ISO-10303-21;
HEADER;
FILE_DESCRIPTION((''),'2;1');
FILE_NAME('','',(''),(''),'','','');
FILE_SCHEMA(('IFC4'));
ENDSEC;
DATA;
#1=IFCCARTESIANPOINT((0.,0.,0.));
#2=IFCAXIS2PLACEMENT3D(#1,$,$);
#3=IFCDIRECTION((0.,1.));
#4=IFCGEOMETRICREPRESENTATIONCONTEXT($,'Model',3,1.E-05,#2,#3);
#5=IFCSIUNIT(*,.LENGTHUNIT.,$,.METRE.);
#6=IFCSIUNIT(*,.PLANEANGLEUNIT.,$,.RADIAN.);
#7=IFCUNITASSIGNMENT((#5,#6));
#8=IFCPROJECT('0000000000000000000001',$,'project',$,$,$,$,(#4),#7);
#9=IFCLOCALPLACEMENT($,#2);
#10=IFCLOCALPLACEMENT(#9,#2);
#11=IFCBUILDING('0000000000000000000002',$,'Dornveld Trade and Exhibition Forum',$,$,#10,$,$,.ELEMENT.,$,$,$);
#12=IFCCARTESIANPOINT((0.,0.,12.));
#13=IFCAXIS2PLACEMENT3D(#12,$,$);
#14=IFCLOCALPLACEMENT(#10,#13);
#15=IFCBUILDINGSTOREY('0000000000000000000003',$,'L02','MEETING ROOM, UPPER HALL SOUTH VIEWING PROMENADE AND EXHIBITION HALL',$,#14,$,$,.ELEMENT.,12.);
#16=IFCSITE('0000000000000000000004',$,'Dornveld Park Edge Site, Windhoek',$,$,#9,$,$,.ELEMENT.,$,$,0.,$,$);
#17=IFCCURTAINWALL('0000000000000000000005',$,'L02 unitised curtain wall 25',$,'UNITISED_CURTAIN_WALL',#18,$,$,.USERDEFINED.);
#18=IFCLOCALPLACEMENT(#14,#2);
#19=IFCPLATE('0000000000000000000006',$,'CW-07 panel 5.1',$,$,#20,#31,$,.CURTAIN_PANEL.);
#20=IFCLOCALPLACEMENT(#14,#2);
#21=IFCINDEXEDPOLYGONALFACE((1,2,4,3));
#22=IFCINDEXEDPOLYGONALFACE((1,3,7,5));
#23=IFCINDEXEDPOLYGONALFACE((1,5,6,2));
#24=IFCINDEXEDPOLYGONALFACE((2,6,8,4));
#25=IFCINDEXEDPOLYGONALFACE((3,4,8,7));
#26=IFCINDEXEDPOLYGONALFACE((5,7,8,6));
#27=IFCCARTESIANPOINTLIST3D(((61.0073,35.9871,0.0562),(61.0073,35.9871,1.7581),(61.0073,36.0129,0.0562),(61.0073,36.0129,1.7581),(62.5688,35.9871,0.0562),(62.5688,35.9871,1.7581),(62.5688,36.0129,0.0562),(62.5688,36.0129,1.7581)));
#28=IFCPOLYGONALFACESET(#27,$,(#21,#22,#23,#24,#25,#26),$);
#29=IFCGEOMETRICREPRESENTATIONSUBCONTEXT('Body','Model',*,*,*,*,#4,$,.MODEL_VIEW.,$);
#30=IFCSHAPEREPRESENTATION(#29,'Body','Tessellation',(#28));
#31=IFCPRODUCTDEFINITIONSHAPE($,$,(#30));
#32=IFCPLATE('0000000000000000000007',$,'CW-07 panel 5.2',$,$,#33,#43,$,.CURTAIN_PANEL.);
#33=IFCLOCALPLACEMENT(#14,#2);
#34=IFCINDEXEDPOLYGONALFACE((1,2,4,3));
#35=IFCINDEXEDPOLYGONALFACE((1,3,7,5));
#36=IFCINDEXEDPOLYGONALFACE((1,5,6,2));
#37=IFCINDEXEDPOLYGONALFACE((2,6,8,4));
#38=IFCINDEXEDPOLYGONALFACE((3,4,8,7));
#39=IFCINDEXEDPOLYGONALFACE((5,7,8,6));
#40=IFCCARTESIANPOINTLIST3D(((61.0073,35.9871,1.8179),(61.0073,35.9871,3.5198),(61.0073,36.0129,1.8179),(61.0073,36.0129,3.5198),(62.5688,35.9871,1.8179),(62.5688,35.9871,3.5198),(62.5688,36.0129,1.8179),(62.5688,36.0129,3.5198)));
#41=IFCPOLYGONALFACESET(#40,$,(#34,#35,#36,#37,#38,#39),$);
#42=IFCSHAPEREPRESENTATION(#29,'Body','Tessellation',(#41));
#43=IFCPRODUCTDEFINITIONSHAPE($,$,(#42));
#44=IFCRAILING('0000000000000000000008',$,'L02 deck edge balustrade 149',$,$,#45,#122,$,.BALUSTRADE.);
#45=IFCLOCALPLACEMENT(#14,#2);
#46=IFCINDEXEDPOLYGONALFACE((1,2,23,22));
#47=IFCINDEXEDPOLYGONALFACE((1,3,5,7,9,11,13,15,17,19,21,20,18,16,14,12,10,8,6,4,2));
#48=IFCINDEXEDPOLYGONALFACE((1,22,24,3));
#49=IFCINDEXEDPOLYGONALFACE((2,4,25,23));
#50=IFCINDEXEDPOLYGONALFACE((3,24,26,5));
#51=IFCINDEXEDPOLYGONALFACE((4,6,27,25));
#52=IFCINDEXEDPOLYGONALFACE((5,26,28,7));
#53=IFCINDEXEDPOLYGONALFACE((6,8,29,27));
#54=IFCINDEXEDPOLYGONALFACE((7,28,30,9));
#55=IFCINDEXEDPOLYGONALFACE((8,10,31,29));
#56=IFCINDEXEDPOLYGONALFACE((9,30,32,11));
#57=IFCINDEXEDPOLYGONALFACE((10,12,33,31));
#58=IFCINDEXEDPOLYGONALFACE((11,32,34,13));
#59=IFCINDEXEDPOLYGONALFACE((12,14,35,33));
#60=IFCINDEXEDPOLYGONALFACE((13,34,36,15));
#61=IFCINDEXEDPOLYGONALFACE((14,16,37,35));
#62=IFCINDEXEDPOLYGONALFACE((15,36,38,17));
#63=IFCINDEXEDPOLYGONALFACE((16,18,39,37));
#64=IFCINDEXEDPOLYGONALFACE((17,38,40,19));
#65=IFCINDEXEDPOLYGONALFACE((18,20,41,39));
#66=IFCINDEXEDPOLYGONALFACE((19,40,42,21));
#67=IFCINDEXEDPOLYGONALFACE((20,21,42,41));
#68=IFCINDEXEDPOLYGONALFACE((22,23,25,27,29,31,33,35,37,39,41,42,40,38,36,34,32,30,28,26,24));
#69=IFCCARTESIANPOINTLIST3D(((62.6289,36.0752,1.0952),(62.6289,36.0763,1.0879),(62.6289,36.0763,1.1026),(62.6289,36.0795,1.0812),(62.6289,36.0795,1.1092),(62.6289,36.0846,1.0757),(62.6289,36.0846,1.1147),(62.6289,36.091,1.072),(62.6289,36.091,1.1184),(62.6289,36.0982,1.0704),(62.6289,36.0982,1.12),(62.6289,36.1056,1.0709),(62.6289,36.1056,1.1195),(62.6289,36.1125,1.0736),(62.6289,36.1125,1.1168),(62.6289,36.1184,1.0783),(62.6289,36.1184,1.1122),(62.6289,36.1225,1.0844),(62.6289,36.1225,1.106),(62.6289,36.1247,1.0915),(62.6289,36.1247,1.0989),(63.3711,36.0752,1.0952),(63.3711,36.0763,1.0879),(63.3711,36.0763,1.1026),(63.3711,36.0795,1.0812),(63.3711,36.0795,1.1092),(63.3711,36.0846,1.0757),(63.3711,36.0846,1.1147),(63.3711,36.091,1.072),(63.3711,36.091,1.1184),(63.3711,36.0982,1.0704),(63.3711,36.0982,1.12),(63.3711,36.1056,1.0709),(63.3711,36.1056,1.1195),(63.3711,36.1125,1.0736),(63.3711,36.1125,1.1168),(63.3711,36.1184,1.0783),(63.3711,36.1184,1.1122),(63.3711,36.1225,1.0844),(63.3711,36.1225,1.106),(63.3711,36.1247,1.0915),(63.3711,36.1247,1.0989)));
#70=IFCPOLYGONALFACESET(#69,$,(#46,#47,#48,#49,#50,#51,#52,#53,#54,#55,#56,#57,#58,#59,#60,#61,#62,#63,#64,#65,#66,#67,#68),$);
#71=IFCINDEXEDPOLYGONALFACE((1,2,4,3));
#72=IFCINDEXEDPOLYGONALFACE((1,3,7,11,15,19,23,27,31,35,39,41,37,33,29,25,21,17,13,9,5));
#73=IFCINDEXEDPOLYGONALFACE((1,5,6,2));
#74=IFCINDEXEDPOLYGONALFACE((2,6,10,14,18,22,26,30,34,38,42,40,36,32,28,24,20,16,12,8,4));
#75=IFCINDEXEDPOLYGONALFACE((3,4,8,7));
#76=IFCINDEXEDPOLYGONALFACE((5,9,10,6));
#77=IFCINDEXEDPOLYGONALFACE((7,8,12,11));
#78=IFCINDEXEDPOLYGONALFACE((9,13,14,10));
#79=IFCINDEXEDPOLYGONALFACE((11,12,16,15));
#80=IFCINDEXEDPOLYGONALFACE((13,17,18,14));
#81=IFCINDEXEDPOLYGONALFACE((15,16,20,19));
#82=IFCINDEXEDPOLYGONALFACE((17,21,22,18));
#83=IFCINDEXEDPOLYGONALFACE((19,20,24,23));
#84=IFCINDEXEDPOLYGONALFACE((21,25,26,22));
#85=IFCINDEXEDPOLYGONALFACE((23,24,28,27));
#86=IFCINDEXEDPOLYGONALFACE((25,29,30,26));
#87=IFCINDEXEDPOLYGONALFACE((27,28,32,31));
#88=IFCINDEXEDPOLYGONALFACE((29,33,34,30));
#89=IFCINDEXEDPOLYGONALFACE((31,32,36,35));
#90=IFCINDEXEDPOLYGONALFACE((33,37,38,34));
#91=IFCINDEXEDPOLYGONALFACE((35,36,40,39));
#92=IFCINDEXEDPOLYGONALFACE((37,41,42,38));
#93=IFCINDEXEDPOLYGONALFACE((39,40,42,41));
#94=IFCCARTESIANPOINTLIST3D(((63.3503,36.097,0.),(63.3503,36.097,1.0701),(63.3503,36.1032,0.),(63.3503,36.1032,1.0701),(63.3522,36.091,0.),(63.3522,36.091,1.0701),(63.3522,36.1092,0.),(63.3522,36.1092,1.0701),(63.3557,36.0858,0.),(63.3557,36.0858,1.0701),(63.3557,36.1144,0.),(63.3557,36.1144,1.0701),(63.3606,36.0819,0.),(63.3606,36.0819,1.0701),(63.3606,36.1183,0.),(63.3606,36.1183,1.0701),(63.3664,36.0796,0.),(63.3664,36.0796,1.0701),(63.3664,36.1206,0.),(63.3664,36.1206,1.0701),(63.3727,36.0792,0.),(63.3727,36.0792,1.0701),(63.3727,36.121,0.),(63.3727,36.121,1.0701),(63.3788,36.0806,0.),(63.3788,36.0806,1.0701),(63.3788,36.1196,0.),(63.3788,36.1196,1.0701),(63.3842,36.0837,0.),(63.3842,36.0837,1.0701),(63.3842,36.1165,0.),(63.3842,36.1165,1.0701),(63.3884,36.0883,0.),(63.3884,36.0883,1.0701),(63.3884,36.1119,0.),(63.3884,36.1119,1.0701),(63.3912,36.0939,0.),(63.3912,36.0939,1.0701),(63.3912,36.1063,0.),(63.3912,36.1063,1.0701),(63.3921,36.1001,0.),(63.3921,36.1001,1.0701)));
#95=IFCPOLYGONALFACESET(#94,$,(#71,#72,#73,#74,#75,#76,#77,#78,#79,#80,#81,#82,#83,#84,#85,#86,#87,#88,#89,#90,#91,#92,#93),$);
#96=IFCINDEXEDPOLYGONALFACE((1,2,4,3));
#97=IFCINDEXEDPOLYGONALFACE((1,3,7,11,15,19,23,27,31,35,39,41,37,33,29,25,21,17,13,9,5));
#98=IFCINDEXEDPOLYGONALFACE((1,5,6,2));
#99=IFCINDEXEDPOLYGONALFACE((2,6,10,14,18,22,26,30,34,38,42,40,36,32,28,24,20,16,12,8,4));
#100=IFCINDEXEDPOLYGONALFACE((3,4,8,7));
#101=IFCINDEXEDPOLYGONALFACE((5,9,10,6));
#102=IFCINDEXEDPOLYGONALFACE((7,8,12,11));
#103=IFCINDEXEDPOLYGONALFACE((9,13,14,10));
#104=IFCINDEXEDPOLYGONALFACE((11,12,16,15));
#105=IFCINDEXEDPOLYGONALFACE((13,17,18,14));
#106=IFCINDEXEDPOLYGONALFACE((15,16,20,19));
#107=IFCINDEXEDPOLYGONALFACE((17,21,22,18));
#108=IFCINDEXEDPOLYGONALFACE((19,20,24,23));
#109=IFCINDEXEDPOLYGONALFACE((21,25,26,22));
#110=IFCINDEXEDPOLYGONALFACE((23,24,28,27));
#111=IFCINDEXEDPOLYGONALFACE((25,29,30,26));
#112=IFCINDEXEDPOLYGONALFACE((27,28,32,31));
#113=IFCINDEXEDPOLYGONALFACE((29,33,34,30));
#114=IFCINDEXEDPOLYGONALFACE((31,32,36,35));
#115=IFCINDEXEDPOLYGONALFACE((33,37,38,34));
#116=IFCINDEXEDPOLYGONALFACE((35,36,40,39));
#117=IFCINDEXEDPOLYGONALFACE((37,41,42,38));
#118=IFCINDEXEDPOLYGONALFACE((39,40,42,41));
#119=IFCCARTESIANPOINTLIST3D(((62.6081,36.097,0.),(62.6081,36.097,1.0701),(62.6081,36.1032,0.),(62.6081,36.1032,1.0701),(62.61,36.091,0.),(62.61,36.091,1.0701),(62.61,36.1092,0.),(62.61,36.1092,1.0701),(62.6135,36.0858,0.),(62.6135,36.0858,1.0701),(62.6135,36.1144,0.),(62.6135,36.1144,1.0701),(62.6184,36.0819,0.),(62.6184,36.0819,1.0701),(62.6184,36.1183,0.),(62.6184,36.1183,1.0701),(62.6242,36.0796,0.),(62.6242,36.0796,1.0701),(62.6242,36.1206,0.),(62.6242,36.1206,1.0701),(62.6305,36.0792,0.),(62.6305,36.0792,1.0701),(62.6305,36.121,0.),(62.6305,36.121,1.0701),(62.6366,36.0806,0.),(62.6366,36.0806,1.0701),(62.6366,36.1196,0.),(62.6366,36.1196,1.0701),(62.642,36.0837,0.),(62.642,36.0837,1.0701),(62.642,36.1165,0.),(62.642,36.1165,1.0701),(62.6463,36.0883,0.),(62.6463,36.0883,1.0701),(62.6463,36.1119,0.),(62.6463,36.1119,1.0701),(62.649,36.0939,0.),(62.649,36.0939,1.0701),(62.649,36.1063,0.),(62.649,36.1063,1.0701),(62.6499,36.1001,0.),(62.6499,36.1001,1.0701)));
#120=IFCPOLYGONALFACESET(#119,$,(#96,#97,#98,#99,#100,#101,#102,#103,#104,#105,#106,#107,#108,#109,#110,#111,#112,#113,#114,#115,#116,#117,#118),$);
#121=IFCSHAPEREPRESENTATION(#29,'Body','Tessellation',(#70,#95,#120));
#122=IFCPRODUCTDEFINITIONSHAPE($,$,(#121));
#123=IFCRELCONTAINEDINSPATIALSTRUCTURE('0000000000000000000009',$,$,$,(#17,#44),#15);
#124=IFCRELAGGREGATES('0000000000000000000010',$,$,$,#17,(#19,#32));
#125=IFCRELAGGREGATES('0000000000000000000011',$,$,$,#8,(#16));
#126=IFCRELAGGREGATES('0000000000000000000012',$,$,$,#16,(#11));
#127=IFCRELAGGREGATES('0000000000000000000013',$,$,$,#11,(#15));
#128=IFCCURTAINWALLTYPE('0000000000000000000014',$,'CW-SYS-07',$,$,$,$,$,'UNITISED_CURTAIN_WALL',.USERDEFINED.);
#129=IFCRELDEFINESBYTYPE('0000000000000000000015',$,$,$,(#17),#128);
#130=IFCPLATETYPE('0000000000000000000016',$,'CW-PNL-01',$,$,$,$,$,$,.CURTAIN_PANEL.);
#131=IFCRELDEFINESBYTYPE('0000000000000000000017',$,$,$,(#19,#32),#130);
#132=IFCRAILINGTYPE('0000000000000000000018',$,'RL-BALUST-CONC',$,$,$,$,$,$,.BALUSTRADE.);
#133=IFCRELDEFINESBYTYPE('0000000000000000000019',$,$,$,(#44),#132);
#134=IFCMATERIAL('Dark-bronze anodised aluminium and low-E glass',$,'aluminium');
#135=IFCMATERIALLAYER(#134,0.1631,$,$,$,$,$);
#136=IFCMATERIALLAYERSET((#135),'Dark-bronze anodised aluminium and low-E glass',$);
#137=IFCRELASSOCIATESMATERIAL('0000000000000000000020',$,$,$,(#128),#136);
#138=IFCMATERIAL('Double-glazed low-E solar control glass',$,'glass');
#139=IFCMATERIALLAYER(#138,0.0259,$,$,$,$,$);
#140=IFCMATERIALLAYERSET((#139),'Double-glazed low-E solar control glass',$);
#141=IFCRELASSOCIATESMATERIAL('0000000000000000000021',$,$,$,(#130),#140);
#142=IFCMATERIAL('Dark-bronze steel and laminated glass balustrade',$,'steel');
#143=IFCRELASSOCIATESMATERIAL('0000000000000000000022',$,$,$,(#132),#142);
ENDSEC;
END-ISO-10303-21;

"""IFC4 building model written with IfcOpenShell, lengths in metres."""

from ifc_helpers import new_model, si_unit, direction, frame, origin, origin_2d, place, context, subcontext, project, spatial, rectangle, circle, extrude, material, layer, layer_set, type_object, element, aggregate, save


model = new_model("IFC4")

# Units and contexts
model_context = context("Model", 3, precision=1e-05, world=origin(), true_north=direction((0.0, 1.0)))
body_context = subcontext(model_context, "Body", "Model", "MODEL_VIEW")
ifc_project = project(units=[si_unit("LENGTHUNIT", "METRE"), si_unit("PLANEANGLEUNIT", "RADIAN")], contexts=[model_context])

# Site, building, storey
site_placement = place(None, origin())
site = spatial("IfcSite", under=ifc_project, at=site_placement, Name="Dornveld Park Edge Site, Windhoek", CompositionType="ELEMENT", RefElevation=0.0)
building_placement = place(site_placement, origin())
building = spatial("IfcBuilding", under=site, at=building_placement, Name="Dornveld Trade and Exhibition Forum", CompositionType="ELEMENT")
storey_placement = place(building_placement, frame((0.0, 0.0, 12.0)))
storey = spatial("IfcBuildingStorey", under=building, at=storey_placement, Name="L02", Description="MEETING ROOM, UPPER HALL SOUTH VIEWING PROMENADE AND EXHIBITION HALL", CompositionType="ELEMENT", Elevation=12.0)

# Curtain wall
ifc_material_1 = material(Name="Dark-bronze anodised aluminium and low-E glass", Category="aluminium")
ifc_layer_1 = layer(ifc_material_1, 0.1631)
ifc_layer_set_1 = layer_set([ifc_layer_1], Name="Dark-bronze anodised aluminium and low-E glass")
curtain_wall_type_1 = type_object("IfcCurtainWallType", Name="CW-SYS-07", ElementType="UNITISED_CURTAIN_WALL", PredefinedType="USERDEFINED", material=ifc_layer_set_1)
curtain_wall_1_placement = place(storey_placement, origin())
curtain_wall_1 = element("IfcCurtainWall", 1, at=curtain_wall_1_placement, inside=storey, type_object=curtain_wall_type_1, Name="L02 unitised curtain wall 25", ObjectType="UNITISED_CURTAIN_WALL", PredefinedType="USERDEFINED")

# Plates
ifc_material_2 = material(Name="Double-glazed low-E solar control glass", Category="glass")
ifc_layer_2 = layer(ifc_material_2, 0.0259)
ifc_layer_set_2 = layer_set([ifc_layer_2], Name="Double-glazed low-E solar control glass")
plate_type = type_object("IfcPlateType", Name="CW-PNL-01", PredefinedType="CURTAIN_PANEL", material=ifc_layer_set_2)
plate_1_placement = place(storey_placement, frame((61.7881, 36.0, 0.0562), z_axis=(0.0, 0.0, 1.0), x_axis=(1.0, 0.0, 0.0)))
plate_1 = element("IfcPlate", 2, at=plate_1_placement, type_object=plate_type, Name="CW-07 panel 5.1", PredefinedType="CURTAIN_PANEL", context=body_context, shape_type="SweptSolid", body=[
    extrude(rectangle(XDim=1.5615, YDim=0.0259, at=origin_2d()), origin(), (0.0, 0.0, 1.0), 1.7019),
])
plate_2_placement = place(storey_placement, frame((61.7881, 36.0, 1.8179), z_axis=(0.0, 0.0, 1.0), x_axis=(1.0, 0.0, 0.0)))
plate_2 = element("IfcPlate", 3, at=plate_2_placement, type_object=plate_type, Name="CW-07 panel 5.2", PredefinedType="CURTAIN_PANEL", context=body_context, shape_type="SweptSolid", body=[
    extrude(rectangle(XDim=1.5615, YDim=0.0259, at=origin_2d()), origin(), (0.0, 0.0, 1.0), 1.7019),
])
aggregate(curtain_wall_1, [plate_1, plate_2])

# Railing
ifc_material_3 = material(Name="Dark-bronze steel and laminated glass balustrade", Category="steel")
railing_type = type_object("IfcRailingType", Name="RL-BALUST-CONC", PredefinedType="BALUSTRADE", material=ifc_material_3)
railing_placement = place(storey_placement, frame((63.3711, 36.1001, 0.0)))
element("IfcRailing", 4, at=railing_placement, inside=storey, type_object=railing_type, Name="L02 deck edge balustrade 149", PredefinedType="BALUSTRADE", context=body_context, shape_type="SweptSolid", body=[
    extrude(circle(Radius=0.0249, at=origin_2d()), frame((0.0, 0.0, 1.0952), z_axis=(-1.0, 0.0, 0.0), x_axis=(0.0, -1.0, 0.0)), (0.0, 0.0, 1.0), 0.7422),
    extrude(circle(Radius=0.021, at=origin_2d()), origin(), (0.0, 0.0, 1.0), 1.0701),
    extrude(circle(Radius=0.021, at=origin_2d()), frame((-0.7422, 0.0, 0.0)), (0.0, 0.0, 1.0), 1.0701),
])

save(model, "model.ifc")
